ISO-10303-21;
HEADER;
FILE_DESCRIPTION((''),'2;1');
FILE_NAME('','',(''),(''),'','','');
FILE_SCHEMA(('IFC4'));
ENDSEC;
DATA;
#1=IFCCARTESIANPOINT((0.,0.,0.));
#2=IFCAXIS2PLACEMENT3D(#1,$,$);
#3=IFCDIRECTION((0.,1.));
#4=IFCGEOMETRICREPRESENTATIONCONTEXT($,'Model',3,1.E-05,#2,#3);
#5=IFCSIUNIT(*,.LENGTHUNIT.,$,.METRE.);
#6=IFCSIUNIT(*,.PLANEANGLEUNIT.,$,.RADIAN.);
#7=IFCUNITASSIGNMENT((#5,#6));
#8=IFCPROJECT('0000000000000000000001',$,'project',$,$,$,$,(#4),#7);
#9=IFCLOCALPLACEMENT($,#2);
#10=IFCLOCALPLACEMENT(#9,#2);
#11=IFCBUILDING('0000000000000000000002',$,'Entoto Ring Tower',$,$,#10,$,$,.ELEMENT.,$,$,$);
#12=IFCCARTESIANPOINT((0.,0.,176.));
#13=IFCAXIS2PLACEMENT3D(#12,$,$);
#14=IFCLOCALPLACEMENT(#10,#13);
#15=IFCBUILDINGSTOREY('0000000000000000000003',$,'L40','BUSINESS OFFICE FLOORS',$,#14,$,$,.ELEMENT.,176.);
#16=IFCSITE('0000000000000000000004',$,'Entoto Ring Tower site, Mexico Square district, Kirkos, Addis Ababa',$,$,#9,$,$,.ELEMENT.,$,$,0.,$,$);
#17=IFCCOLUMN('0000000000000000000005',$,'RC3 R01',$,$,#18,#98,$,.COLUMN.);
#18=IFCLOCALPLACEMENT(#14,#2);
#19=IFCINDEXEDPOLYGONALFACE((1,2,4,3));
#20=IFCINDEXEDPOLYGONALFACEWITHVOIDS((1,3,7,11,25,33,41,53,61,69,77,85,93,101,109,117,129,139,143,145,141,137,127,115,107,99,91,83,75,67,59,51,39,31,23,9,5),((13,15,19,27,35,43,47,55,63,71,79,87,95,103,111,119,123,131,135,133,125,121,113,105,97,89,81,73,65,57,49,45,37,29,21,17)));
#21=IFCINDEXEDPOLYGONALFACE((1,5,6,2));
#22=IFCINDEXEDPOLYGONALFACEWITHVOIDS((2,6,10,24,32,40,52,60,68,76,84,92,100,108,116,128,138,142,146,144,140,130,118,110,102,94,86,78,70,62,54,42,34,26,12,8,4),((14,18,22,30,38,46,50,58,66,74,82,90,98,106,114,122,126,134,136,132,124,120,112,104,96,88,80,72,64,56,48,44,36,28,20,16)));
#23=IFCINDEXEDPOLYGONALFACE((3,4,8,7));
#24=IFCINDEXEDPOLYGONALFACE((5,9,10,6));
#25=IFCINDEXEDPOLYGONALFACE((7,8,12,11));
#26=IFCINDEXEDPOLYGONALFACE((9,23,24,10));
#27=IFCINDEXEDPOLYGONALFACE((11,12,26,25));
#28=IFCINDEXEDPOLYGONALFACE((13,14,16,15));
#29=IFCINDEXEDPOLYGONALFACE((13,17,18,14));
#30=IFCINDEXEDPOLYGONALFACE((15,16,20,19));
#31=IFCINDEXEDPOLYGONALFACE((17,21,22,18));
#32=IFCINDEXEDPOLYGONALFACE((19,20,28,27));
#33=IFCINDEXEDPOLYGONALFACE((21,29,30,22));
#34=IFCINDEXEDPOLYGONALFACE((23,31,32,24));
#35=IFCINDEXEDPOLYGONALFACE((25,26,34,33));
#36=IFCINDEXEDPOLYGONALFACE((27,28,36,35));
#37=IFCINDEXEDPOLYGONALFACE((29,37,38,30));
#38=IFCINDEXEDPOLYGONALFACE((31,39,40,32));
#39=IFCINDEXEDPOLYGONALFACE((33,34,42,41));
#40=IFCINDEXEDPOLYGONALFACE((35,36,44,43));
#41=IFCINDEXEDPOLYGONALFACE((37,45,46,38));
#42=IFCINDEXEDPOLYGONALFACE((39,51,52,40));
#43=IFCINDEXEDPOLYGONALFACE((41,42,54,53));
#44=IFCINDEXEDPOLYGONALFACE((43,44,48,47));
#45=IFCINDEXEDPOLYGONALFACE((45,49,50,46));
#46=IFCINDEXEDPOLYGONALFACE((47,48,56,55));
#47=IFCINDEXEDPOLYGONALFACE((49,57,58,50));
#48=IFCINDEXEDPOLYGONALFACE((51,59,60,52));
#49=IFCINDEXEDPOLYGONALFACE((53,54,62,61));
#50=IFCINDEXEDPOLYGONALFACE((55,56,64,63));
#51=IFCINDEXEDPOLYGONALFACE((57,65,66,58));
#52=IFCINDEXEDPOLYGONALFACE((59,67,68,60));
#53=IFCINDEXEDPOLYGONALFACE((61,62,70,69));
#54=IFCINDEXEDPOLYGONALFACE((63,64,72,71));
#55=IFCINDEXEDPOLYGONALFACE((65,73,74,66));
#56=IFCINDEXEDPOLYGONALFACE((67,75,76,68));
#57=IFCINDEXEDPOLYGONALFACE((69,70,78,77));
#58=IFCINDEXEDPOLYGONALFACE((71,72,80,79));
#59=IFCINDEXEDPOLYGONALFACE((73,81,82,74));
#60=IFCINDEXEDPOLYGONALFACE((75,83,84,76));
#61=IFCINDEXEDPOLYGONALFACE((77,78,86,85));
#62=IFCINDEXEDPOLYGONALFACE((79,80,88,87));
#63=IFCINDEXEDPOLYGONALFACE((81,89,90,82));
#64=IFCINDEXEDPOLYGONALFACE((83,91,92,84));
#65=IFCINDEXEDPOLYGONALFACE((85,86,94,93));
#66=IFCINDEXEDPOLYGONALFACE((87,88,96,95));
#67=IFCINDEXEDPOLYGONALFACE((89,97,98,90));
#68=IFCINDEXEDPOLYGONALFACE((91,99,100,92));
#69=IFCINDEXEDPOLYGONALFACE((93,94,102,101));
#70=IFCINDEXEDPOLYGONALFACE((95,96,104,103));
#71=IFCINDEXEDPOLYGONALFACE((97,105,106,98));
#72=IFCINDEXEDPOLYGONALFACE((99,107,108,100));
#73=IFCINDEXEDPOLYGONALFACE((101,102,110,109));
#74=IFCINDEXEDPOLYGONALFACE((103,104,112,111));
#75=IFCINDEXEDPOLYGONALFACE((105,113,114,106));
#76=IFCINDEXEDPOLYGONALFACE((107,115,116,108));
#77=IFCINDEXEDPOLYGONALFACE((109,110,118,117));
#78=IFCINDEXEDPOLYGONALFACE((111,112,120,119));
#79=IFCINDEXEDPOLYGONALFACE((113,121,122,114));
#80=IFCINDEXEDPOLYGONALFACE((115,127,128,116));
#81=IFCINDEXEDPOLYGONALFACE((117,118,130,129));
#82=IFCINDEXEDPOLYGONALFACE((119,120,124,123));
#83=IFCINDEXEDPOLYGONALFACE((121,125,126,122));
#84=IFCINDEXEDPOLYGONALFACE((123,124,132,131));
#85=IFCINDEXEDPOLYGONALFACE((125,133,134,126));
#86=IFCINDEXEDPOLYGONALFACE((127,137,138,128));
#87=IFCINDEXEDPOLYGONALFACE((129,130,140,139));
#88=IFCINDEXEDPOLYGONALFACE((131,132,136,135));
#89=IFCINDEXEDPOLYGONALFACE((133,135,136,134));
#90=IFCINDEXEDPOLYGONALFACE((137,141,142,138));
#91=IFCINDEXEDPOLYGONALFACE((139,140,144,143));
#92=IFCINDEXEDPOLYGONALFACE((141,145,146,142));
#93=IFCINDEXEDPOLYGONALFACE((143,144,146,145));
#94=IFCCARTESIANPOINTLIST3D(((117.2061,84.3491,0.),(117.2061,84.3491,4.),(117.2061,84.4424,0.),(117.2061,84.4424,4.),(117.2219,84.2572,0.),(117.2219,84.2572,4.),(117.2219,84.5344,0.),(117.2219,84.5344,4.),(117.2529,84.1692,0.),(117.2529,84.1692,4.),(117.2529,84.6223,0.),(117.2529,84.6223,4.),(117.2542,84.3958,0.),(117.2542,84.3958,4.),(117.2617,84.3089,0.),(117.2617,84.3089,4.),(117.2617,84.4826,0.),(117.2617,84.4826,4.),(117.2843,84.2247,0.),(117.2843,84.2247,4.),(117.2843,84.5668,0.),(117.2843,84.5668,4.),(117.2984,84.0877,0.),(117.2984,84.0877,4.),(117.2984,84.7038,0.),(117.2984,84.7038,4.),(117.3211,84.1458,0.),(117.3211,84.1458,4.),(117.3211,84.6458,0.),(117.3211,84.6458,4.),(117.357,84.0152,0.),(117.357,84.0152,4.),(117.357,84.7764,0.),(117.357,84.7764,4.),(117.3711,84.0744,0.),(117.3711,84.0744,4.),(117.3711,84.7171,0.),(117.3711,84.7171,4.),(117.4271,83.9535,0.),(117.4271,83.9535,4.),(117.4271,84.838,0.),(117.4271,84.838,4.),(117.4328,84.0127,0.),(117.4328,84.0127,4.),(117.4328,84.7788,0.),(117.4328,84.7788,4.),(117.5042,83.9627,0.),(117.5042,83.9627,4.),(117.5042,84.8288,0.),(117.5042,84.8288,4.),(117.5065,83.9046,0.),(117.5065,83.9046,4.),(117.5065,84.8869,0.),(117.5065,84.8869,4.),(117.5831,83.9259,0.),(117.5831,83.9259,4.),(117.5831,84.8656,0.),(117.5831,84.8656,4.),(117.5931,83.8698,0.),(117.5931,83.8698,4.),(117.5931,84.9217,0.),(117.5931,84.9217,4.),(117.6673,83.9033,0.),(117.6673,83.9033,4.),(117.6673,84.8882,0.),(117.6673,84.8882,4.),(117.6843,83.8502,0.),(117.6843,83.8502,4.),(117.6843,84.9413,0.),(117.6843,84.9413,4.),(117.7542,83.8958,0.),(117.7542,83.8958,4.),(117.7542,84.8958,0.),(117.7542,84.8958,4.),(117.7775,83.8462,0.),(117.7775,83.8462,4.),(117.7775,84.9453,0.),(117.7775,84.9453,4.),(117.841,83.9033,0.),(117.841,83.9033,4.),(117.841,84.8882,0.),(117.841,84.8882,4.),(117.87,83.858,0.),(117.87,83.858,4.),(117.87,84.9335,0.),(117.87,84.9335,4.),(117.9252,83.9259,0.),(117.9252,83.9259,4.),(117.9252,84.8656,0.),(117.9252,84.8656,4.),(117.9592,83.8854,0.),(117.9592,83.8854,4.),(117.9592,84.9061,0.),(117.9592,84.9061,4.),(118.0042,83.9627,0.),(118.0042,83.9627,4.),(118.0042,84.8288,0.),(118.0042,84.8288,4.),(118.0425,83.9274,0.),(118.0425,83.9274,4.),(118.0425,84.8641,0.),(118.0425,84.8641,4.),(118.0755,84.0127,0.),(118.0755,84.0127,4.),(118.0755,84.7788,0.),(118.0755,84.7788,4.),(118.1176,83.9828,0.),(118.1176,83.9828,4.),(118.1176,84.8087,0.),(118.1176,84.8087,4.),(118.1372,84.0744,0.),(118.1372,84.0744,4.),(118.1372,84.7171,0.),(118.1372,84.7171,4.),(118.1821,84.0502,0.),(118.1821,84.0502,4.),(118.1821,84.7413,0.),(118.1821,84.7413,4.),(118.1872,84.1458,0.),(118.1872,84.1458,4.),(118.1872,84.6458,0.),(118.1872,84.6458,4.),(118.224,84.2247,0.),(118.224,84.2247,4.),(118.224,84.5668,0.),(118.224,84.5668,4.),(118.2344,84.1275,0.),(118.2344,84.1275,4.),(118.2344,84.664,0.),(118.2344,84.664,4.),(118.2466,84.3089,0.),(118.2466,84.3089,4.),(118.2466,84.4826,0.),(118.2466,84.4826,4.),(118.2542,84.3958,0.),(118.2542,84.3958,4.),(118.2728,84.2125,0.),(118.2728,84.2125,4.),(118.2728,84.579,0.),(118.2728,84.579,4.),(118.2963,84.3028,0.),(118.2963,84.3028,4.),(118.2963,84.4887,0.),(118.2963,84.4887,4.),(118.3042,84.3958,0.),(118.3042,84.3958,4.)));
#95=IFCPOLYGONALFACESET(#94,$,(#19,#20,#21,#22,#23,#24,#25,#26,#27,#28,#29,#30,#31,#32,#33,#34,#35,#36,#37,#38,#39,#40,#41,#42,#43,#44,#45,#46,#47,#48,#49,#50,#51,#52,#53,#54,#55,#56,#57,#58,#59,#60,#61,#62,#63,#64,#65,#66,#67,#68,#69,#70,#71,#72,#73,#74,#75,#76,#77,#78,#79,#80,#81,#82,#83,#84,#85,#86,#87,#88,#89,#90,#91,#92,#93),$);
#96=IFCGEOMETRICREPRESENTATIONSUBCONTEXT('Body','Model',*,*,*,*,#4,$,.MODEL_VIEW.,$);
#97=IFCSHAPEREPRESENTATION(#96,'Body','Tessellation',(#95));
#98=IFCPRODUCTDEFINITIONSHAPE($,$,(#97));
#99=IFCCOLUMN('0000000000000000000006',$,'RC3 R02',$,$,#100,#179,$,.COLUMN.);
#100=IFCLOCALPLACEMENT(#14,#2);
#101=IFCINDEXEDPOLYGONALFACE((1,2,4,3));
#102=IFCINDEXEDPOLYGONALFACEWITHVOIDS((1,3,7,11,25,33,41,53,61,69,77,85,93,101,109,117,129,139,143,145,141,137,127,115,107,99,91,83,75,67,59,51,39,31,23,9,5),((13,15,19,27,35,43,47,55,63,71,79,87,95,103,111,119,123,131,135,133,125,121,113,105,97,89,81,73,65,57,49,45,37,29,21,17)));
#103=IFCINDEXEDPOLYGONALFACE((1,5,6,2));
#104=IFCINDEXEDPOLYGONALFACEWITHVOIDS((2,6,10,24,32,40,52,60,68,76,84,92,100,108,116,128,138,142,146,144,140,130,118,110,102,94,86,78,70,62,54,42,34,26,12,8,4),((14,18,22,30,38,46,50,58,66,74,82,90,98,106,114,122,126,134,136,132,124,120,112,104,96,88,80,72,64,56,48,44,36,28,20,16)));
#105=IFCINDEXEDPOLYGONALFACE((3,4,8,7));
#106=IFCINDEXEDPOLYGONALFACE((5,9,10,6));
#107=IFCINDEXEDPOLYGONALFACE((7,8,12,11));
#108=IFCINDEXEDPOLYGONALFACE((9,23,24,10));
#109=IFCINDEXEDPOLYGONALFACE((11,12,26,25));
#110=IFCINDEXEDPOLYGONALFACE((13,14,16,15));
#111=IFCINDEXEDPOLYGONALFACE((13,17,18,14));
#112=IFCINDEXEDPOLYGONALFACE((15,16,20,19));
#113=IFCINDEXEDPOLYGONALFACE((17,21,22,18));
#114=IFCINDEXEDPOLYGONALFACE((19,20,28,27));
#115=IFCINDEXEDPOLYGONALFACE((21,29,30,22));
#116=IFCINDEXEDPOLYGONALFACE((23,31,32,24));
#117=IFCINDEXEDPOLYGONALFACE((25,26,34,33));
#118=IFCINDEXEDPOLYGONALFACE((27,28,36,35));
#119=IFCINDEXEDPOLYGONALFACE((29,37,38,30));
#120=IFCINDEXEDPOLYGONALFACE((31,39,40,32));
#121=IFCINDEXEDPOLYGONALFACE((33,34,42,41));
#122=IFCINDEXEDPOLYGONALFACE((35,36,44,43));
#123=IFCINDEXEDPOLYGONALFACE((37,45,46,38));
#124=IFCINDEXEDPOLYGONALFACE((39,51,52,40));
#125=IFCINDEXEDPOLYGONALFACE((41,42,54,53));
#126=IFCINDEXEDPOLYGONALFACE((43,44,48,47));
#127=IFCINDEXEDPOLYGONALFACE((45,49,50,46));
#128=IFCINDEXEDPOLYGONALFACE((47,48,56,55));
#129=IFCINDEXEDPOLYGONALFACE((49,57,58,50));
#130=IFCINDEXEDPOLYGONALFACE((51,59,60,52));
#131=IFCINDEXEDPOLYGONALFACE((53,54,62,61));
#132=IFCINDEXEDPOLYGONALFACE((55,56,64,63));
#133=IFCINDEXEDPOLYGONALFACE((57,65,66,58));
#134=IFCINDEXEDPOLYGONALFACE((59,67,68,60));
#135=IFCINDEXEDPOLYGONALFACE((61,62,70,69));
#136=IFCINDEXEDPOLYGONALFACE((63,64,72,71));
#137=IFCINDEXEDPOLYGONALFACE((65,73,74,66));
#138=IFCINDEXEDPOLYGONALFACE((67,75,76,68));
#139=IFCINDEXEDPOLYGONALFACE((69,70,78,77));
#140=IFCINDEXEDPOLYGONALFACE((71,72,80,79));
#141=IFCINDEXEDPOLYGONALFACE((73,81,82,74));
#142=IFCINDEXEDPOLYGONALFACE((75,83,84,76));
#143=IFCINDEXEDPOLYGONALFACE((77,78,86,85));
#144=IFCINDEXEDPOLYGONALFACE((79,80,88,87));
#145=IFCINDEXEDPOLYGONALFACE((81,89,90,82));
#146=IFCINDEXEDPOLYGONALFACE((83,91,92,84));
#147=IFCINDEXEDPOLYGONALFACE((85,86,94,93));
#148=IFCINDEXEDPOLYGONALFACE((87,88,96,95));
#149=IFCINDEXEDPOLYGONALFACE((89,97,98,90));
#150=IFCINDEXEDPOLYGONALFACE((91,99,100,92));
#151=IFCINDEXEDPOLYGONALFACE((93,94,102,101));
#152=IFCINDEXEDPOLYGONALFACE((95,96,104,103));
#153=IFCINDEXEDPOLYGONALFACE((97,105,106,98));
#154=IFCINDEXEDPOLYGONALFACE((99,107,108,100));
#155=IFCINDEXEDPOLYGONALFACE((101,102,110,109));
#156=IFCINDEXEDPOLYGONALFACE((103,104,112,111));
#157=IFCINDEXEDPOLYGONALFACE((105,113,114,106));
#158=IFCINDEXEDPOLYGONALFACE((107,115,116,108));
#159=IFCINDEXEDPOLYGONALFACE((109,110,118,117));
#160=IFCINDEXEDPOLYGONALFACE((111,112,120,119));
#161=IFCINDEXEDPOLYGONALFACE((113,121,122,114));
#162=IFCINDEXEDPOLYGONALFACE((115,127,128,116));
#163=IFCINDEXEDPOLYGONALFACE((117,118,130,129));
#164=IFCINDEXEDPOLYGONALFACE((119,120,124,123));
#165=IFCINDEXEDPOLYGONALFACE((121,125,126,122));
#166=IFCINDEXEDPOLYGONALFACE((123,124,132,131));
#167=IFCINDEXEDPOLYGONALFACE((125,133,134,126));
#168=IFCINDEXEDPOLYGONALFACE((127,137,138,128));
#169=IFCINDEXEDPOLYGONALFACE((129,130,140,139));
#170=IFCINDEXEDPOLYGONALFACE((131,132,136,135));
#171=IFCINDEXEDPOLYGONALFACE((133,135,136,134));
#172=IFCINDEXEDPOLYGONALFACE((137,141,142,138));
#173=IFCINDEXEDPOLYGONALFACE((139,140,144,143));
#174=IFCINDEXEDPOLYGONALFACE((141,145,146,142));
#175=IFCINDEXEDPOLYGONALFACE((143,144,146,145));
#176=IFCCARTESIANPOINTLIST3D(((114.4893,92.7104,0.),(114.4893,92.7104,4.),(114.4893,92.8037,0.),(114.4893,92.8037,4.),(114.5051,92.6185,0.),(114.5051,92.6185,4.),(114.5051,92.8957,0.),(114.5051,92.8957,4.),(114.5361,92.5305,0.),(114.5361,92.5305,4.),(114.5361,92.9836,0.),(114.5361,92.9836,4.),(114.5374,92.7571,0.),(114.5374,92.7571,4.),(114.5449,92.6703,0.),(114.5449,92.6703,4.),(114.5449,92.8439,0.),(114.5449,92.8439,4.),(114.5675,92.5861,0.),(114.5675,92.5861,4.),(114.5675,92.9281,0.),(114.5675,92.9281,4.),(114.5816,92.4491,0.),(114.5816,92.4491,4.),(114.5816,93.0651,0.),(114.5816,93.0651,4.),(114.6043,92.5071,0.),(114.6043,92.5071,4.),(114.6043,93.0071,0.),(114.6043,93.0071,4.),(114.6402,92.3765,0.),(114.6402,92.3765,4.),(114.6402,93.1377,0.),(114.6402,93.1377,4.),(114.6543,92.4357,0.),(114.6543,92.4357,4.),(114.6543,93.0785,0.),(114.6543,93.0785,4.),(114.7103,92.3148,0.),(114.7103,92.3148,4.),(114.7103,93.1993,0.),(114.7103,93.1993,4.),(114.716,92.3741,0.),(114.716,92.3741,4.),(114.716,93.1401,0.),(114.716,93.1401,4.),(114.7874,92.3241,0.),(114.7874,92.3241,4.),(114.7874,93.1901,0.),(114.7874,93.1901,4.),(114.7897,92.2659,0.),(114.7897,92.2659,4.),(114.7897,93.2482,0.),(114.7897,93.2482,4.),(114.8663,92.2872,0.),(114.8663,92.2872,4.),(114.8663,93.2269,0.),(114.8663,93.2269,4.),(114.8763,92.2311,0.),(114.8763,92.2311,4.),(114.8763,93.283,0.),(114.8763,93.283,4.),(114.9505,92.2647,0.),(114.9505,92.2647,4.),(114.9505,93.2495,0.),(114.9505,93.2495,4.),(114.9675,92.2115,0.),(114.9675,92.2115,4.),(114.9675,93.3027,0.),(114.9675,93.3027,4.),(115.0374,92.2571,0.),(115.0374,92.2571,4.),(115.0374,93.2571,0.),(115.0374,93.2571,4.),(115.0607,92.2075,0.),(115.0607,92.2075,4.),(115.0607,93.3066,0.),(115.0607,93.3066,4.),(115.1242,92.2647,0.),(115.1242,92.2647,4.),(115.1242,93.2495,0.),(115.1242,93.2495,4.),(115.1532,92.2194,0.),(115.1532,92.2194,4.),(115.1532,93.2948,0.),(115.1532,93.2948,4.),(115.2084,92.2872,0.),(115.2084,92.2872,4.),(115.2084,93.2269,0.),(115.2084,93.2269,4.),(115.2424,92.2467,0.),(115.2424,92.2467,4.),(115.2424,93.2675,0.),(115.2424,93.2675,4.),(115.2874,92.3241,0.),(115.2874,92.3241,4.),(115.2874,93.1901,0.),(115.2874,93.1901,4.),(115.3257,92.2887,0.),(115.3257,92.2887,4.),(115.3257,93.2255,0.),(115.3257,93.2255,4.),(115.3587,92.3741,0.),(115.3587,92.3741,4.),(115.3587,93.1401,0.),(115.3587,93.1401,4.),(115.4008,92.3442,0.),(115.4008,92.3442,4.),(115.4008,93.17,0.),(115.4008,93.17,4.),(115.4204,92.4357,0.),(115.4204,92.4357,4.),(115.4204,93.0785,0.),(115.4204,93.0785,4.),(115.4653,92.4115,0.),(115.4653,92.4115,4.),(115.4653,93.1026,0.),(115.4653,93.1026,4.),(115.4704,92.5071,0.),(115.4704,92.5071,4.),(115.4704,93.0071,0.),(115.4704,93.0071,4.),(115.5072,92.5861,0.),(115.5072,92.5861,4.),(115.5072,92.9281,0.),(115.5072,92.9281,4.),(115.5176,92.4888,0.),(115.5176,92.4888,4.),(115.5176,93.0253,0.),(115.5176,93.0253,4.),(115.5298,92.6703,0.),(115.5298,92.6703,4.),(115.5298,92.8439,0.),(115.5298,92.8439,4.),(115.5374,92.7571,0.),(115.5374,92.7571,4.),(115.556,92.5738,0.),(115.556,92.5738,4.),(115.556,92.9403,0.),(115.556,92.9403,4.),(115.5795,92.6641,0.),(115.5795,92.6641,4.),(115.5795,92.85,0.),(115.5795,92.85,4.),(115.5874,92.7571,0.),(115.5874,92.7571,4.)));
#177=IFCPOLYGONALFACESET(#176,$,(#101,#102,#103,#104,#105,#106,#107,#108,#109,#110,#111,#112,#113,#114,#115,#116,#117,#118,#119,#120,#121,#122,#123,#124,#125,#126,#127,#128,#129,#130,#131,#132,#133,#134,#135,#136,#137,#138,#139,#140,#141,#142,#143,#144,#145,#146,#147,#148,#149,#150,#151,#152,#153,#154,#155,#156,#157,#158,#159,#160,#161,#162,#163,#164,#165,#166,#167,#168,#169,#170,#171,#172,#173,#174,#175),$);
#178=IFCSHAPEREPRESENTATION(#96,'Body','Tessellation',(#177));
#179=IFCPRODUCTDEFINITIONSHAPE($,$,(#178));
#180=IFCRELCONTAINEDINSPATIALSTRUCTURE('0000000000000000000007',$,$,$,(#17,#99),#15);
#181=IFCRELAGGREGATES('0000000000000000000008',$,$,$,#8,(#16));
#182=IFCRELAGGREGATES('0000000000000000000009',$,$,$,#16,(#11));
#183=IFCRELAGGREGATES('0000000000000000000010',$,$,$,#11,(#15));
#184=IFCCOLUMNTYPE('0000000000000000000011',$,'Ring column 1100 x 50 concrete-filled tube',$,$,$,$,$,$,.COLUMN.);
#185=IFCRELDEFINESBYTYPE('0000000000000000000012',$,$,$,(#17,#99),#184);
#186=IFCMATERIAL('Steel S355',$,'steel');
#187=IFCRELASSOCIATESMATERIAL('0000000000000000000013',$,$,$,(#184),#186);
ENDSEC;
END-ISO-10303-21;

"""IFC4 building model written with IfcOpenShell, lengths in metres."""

from ifc_helpers import new_model, si_unit, direction, frame, origin, origin_2d, place, context, subcontext, project, spatial, circle, hollow_circle, extrude, material, material_profile, profile_set, type_object, element, save


model = new_model("IFC4")

# Units and contexts
model_context = context("Model", 3, precision=1e-05, world=origin(), true_north=direction((0.0, 1.0)))
body_context = subcontext(model_context, "Body", "Model", "MODEL_VIEW")
ifc_project = project(units=[si_unit("LENGTHUNIT", "METRE"), si_unit("PLANEANGLEUNIT", "RADIAN")], contexts=[model_context])

# Site, building, storey
site_placement = place(None, origin())
site = spatial("IfcSite", under=ifc_project, at=site_placement, Name="Entoto Ring Tower site, Mexico Square district, Kirkos, Addis Ababa", CompositionType="ELEMENT", RefElevation=0.0)
building_placement = place(site_placement, origin())
building = spatial("IfcBuilding", under=site, at=building_placement, Name="Entoto Ring Tower", CompositionType="ELEMENT")
storey_placement = place(building_placement, frame((0.0, 0.0, 176.0)))
storey = spatial("IfcBuildingStorey", under=building, at=storey_placement, Name="L40", Description="BUSINESS OFFICE FLOORS", CompositionType="ELEMENT", Elevation=176.0)

# Columns
ifc_material_1 = material(Name="Steel S355", Category="steel")
ifc_material_profile_1 = material_profile(ifc_material_1, hollow_circle(Radius=0.55, WallThickness=0.05, at=origin_2d()), Name="CHS 1100 x 50")
ifc_material_2 = material(Name="Concrete C60/75", Category="concrete")
ifc_material_profile_2 = material_profile(ifc_material_2, circle(Radius=0.5, at=origin_2d()), Name="Concrete C60/75 infill")
ifc_profile_set_1 = profile_set([ifc_material_profile_1, ifc_material_profile_2], Name="Steel S355")
column_type = type_object("IfcColumnType", Name="Ring column 1100 x 50 concrete-filled tube", PredefinedType="COLUMN", material=ifc_profile_set_1)
for number, where, z_axis, x_axis, name in (
    (1, (117.7542, 84.3958, 0.0), (0.0, 0.0, 1.0), (1.0, 0.0, 0.0), "RC3 R01"),
    (2, (115.0374, 92.7571, 0.0), (0.0, 0.0, 1.0), (1.0, 0.0, 0.0), "RC3 R02"),
):
    element("IfcColumn", number, at=place(storey_placement, frame(where, z_axis=z_axis, x_axis=x_axis)), inside=storey, type_object=column_type, Name=name, PredefinedType="COLUMN", context=body_context, shape_type="SweptSolid", body=[
        extrude(hollow_circle(Radius=0.55, WallThickness=0.05, at=origin_2d()), origin(), (0.0, 0.0, 1.0), 4.0),
    ])

save(model, "model.ifc")
